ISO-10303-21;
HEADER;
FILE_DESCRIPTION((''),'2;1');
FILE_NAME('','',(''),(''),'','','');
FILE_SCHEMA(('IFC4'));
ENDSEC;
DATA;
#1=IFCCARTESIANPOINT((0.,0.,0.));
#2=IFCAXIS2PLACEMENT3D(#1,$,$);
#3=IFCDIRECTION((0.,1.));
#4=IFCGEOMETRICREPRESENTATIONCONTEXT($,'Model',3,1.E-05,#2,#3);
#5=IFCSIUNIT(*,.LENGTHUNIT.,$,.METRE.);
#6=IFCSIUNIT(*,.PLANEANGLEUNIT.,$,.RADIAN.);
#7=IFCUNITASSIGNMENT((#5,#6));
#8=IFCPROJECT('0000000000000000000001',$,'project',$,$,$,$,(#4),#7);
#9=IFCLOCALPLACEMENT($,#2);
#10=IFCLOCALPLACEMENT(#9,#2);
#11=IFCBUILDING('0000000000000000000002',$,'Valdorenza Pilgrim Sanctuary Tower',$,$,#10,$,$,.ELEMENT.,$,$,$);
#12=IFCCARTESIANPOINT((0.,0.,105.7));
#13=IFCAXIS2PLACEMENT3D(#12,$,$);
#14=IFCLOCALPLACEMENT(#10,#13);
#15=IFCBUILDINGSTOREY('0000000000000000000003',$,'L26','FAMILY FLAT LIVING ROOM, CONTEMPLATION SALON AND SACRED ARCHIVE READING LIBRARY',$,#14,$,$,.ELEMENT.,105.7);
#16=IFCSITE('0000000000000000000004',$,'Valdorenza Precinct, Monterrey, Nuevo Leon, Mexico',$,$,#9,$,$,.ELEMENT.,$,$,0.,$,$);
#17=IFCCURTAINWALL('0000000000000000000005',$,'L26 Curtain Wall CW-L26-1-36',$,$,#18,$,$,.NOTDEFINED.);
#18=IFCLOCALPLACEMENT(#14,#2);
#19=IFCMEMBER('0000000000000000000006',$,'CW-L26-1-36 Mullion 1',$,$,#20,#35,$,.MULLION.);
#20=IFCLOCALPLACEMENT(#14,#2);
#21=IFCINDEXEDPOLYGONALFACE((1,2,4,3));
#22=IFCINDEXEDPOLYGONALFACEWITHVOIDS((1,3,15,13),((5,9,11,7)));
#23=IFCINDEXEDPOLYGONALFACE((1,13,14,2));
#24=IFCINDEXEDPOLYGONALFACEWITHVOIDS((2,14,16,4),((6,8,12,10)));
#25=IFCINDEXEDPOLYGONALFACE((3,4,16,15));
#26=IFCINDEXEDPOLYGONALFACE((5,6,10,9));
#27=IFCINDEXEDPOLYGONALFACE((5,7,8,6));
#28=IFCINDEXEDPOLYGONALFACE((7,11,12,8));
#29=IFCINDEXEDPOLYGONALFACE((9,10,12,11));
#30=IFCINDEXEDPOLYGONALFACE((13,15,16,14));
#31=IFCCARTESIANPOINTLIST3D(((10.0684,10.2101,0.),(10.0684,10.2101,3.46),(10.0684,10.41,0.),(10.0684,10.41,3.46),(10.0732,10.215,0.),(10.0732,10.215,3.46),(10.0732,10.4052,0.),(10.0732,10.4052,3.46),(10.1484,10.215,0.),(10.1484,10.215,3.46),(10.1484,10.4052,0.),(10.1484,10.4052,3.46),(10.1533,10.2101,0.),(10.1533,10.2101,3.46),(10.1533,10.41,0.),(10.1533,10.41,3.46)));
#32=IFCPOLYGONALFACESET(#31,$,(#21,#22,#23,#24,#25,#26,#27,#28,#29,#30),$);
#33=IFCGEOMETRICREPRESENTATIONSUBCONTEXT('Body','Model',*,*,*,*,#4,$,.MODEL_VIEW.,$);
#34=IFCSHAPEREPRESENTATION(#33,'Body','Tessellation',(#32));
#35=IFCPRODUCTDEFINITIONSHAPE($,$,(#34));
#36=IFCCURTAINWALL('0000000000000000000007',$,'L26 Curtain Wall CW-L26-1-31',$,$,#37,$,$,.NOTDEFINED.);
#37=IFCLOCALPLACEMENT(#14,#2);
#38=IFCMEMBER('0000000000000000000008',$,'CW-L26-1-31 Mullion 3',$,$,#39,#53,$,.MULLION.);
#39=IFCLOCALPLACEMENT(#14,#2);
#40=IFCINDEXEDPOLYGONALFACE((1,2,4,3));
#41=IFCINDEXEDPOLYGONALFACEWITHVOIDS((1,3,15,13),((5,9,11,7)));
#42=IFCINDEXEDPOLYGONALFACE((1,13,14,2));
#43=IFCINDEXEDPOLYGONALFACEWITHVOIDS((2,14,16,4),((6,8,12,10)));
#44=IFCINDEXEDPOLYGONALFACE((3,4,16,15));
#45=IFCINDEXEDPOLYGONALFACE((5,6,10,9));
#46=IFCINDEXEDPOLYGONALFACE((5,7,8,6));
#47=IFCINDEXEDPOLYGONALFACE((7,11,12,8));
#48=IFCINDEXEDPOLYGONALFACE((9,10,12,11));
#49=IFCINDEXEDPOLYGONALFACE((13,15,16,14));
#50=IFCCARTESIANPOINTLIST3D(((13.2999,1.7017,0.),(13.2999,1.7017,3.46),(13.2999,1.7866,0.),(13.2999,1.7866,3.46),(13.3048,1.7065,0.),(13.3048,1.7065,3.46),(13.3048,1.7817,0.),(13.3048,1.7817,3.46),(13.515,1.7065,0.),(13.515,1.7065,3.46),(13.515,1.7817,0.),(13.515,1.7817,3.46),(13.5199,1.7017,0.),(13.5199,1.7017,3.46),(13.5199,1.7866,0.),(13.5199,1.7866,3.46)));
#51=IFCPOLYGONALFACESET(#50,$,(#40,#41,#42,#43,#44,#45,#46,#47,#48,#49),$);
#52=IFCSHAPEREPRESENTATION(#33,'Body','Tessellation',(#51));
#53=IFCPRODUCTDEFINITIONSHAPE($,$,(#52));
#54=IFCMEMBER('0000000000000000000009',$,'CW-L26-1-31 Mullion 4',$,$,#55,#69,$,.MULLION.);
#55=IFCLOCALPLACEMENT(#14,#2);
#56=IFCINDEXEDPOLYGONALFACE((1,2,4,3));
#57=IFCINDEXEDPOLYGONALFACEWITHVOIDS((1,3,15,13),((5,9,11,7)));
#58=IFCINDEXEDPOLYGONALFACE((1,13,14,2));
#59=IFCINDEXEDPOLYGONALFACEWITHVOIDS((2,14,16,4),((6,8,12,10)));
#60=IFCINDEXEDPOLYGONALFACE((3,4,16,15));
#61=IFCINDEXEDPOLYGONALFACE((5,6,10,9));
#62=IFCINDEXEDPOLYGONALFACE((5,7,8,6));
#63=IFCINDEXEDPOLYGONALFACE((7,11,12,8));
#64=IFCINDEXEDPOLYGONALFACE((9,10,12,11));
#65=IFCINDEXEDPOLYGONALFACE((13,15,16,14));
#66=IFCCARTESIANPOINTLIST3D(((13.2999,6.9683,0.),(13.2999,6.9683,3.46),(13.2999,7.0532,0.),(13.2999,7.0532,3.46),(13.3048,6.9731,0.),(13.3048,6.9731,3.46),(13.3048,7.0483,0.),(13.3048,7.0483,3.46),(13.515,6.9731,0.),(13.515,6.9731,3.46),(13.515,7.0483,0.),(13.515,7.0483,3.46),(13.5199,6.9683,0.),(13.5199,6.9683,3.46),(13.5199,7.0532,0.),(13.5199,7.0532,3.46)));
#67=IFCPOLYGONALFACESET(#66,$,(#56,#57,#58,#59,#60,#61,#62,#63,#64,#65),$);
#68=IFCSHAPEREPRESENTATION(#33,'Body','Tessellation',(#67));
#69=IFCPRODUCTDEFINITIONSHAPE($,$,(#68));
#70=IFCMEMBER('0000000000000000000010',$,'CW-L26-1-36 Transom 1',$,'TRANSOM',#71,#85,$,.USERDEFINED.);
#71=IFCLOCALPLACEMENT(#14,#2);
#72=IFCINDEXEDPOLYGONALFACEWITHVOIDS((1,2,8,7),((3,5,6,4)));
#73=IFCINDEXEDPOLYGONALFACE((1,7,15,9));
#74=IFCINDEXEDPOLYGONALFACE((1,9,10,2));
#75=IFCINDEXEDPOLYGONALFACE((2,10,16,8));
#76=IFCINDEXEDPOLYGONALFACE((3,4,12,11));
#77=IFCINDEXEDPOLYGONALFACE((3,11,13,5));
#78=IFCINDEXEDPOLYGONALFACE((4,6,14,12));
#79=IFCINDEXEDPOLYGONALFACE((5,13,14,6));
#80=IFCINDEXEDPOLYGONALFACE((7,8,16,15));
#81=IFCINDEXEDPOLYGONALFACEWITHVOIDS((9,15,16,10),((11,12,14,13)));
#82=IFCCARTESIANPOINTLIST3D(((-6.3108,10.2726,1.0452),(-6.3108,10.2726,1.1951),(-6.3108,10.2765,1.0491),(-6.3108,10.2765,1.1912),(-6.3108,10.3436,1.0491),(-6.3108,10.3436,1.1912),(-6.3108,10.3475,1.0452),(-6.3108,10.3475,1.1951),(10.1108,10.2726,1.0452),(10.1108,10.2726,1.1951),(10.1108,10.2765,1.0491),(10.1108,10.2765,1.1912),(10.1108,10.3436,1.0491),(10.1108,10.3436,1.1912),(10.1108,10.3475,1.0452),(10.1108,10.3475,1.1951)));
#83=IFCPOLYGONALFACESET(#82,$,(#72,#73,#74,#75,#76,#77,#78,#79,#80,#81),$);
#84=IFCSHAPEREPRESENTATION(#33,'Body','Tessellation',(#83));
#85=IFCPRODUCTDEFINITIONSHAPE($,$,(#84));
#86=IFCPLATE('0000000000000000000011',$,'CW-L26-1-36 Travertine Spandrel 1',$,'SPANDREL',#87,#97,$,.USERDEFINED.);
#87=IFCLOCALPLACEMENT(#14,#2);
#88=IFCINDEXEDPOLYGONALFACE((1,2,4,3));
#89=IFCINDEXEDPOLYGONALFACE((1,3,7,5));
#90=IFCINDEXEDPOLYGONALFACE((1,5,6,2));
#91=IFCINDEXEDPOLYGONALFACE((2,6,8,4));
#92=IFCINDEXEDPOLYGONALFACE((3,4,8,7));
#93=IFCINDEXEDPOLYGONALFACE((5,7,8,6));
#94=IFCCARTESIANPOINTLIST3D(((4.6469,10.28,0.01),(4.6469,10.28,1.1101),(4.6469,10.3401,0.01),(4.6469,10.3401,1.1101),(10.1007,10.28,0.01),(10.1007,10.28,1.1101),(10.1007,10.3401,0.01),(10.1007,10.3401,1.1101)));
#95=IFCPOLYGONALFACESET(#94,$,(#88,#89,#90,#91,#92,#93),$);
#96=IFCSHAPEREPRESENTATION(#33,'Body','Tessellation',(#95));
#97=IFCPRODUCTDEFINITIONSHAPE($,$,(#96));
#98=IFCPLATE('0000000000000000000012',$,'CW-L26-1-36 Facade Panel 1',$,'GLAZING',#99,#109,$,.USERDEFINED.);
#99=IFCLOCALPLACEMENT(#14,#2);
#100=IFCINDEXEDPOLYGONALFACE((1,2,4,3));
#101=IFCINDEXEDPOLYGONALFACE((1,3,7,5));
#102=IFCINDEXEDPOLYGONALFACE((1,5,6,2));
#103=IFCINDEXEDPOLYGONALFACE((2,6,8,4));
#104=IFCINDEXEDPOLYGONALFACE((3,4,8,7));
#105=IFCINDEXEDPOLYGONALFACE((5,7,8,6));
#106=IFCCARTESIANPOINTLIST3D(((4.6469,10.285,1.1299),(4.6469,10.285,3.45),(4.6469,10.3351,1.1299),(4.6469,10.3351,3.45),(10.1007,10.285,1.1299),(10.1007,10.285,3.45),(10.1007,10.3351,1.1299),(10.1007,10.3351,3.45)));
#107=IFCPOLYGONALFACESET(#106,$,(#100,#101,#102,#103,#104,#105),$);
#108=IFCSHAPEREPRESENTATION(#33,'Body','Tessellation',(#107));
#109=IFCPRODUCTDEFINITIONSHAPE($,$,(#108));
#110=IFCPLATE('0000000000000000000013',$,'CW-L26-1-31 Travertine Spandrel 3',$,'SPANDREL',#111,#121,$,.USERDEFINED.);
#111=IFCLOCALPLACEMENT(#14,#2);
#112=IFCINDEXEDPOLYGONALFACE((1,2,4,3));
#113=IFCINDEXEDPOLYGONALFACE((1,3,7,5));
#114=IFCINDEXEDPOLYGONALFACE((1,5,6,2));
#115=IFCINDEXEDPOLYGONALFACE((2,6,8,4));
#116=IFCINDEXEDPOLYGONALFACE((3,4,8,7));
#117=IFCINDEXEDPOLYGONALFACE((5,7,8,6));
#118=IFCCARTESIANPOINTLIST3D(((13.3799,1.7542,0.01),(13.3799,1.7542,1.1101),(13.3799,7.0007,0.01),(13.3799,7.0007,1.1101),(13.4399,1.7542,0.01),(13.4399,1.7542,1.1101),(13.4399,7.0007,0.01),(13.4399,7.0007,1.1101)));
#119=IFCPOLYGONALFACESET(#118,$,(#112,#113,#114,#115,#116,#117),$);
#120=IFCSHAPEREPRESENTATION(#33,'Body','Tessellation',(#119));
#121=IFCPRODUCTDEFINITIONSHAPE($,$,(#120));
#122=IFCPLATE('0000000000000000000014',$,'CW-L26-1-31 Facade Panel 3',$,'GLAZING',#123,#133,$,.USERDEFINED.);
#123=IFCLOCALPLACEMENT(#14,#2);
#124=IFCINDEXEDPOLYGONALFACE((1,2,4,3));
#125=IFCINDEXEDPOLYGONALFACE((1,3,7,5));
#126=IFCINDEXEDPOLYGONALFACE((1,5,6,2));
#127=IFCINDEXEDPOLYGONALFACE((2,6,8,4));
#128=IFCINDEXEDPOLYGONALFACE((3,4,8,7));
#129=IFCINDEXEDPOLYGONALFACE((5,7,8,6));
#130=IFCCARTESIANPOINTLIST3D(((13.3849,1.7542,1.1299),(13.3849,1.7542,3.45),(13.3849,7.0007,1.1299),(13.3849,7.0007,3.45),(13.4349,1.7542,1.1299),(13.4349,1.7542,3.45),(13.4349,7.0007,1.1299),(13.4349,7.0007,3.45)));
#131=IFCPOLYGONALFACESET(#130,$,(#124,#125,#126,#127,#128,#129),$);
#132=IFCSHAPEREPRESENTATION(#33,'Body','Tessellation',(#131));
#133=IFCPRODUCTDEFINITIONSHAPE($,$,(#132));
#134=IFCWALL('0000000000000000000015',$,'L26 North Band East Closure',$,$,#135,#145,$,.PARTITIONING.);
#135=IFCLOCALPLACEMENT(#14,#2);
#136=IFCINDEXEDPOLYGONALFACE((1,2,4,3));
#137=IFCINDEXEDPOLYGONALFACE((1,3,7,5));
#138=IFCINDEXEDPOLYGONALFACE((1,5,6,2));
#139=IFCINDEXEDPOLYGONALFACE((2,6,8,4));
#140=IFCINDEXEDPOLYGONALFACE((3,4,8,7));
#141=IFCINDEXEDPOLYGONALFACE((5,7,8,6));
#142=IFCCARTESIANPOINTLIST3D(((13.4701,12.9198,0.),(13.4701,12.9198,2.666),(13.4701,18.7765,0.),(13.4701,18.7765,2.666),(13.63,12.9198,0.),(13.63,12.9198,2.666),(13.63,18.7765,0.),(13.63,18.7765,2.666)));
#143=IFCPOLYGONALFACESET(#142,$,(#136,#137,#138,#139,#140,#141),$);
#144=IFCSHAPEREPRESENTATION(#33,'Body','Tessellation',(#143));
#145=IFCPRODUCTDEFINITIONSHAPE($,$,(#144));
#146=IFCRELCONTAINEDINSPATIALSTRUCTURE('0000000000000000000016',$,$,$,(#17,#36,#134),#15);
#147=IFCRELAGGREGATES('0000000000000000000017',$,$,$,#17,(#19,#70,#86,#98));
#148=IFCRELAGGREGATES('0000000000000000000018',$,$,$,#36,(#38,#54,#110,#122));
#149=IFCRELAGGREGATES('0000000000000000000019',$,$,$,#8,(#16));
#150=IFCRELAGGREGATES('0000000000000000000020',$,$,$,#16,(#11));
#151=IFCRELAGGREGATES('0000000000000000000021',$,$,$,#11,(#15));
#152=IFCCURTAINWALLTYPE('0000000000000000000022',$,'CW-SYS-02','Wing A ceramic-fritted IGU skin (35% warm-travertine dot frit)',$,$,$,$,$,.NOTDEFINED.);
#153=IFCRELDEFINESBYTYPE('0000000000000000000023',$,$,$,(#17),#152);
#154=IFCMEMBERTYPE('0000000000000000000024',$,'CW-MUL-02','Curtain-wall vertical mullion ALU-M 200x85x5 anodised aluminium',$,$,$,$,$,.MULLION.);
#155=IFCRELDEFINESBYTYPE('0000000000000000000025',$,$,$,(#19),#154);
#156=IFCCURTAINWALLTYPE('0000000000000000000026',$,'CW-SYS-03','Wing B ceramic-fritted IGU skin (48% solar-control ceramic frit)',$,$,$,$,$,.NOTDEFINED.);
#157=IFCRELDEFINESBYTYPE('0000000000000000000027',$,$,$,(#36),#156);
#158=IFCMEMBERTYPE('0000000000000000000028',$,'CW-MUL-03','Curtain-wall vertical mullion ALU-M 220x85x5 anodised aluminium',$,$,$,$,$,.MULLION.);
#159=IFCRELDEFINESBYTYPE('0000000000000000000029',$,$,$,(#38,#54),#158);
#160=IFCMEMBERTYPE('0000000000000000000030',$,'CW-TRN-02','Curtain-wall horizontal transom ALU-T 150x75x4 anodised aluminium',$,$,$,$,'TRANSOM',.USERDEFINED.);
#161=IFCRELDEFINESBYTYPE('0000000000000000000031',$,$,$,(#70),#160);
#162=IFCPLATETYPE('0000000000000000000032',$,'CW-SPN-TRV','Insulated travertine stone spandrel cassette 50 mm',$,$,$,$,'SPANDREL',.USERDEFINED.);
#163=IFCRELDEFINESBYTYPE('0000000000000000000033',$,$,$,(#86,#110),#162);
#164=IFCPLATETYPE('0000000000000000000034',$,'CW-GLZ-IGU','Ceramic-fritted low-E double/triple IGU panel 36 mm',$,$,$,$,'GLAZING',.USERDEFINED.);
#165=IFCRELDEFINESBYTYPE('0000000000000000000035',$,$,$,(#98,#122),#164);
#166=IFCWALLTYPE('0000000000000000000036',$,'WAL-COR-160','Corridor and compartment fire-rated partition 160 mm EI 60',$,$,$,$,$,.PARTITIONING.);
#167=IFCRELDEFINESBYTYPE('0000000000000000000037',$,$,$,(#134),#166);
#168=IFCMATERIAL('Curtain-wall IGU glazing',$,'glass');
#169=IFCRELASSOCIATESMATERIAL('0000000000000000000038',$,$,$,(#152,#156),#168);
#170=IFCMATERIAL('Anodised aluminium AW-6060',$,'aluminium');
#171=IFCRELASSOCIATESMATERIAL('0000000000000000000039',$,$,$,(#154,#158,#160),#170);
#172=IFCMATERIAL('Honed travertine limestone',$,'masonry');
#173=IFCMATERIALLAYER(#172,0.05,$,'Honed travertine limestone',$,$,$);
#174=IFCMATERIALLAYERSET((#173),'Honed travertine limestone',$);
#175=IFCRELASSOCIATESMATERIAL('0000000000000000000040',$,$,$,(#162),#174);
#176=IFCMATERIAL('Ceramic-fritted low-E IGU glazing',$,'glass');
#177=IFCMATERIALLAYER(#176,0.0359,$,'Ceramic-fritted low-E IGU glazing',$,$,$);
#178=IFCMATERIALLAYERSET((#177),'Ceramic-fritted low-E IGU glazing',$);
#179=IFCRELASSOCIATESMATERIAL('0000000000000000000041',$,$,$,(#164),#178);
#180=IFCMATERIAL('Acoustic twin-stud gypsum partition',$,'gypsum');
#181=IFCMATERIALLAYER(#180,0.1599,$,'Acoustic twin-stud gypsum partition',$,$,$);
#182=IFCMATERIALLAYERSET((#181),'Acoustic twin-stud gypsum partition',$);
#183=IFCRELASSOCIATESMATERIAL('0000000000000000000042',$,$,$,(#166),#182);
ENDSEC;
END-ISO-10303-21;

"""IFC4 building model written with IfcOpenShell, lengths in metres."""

from ifc_helpers import new_model, si_unit, direction, frame, frame_2d, origin, origin_2d, place, context, subcontext, project, spatial, rectangle, hollow_rectangle, extrude, source, transform, mapped, material, layer, layer_set, material_profile, profile_set, type_object, element, aggregate, save


model = new_model("IFC4")

# Units and contexts
model_context = context("Model", 3, precision=1e-05, world=origin(), true_north=direction((0.0, 1.0)))
body_context = subcontext(model_context, "Body", "Model", "MODEL_VIEW")
ifc_project = project(units=[si_unit("LENGTHUNIT", "METRE"), si_unit("PLANEANGLEUNIT", "RADIAN")], contexts=[model_context])

# Site, building, storey
site_placement = place(None, origin())
site = spatial("IfcSite", under=ifc_project, at=site_placement, Name="Valdorenza Precinct, Monterrey, Nuevo Leon, Mexico", CompositionType="ELEMENT", RefElevation=0.0)
building_placement = place(site_placement, origin())
building = spatial("IfcBuilding", under=site, at=building_placement, Name="Valdorenza Pilgrim Sanctuary Tower", CompositionType="ELEMENT")
storey_placement = place(building_placement, frame((0.0, 0.0, 105.7)))
storey = spatial("IfcBuildingStorey", under=building, at=storey_placement, Name="L26", Description="FAMILY FLAT LIVING ROOM, CONTEMPLATION SALON AND SACRED ARCHIVE READING LIBRARY", CompositionType="ELEMENT", Elevation=105.7)

# Curtain wall, member
ifc_material_1 = material(Name="Curtain-wall IGU glazing", Category="glass")
curtain_wall_type_1 = type_object("IfcCurtainWallType", Name="CW-SYS-02", Description="Wing A ceramic-fritted IGU skin (35% warm-travertine dot frit)", PredefinedType="NOTDEFINED", material=ifc_material_1)
curtain_wall_1_placement = place(storey_placement, origin())
curtain_wall_1 = element("IfcCurtainWall", 1, at=curtain_wall_1_placement, inside=storey, type_object=curtain_wall_type_1, Name="L26 Curtain Wall CW-L26-1-36", PredefinedType="NOTDEFINED")
ifc_material_2 = material(Name="Anodised aluminium AW-6060", Category="aluminium")
ifc_material_profile_1 = material_profile(ifc_material_2, hollow_rectangle(XDim=0.085, YDim=0.2, WallThickness=0.0049, at=origin_2d()), Name="ALU-M 200x85x5")
ifc_profile_set_1 = profile_set([ifc_material_profile_1], Name="Anodised aluminium AW-6060")
member_type_1 = type_object("IfcMemberType", Name="CW-MUL-02", Description="Curtain-wall vertical mullion ALU-M 200x85x5 anodised aluminium", PredefinedType="MULLION", material=ifc_profile_set_1)
shared_shape_1 = source(origin(), body_context, "Body", "SweptSolid", [
    extrude(hollow_rectangle(XDim=0.085, YDim=0.2, WallThickness=0.0049, at=origin_2d()), origin(), (0.0, 0.0, 1.0), 3.46),
])
member_1_placement = place(storey_placement, frame((10.1108, 10.3101, 0.0), z_axis=(0.0, 0.0, 1.0), x_axis=(-1.0, 0.0, 0.0)))
member_1 = element("IfcMember", 2, at=member_1_placement, type_object=member_type_1, Name="CW-L26-1-36 Mullion 1", PredefinedType="MULLION", context=body_context, shape_type="MappedRepresentation", body=[
    mapped(shared_shape_1, transform((0.0, 0.0, 0.0), x_axis=(1.0, 0.0, 0.0), y_axis=(0.0, 1.0, 0.0), z_axis=(0.0, 0.0, 1.0), scale=1.0)),
])

# Curtain wall, members
curtain_wall_type_2 = type_object("IfcCurtainWallType", Name="CW-SYS-03", Description="Wing B ceramic-fritted IGU skin (48% solar-control ceramic frit)", PredefinedType="NOTDEFINED", material=ifc_material_1)
curtain_wall_2_placement = place(storey_placement, origin())
curtain_wall_2 = element("IfcCurtainWall", 3, at=curtain_wall_2_placement, inside=storey, type_object=curtain_wall_type_2, Name="L26 Curtain Wall CW-L26-1-31", PredefinedType="NOTDEFINED")
ifc_material_profile_2 = material_profile(ifc_material_2, hollow_rectangle(XDim=0.085, YDim=0.22, WallThickness=0.0049, at=origin_2d()), Name="ALU-M 220x85x5")
ifc_profile_set_2 = profile_set([ifc_material_profile_2], Name="Anodised aluminium AW-6060")
member_type_2 = type_object("IfcMemberType", Name="CW-MUL-03", Description="Curtain-wall vertical mullion ALU-M 220x85x5 anodised aluminium", PredefinedType="MULLION", material=ifc_profile_set_2)
shared_shape_2 = source(origin(), body_context, "Body", "SweptSolid", [
    extrude(hollow_rectangle(XDim=0.085, YDim=0.22, WallThickness=0.0049, at=origin_2d()), origin(), (0.0, 0.0, 1.0), 3.46),
])
member_2_placement = place(storey_placement, frame((13.4099, 1.7441, 0.0), z_axis=(0.0, 0.0, 1.0), x_axis=(0.0, 1.0, 0.0)))
member_2 = element("IfcMember", 4, at=member_2_placement, type_object=member_type_2, Name="CW-L26-1-31 Mullion 3", PredefinedType="MULLION", context=body_context, shape_type="MappedRepresentation", body=[
    mapped(shared_shape_2, transform((0.0, 0.0, 0.0), x_axis=(1.0, 0.0, 0.0), y_axis=(0.0, 1.0, 0.0), z_axis=(0.0, 0.0, 1.0), scale=1.0)),
])
member_3_placement = place(storey_placement, frame((13.4099, 7.0107, 0.0), z_axis=(0.0, 0.0, 1.0), x_axis=(0.0, 1.0, 0.0)))
member_3 = element("IfcMember", 5, at=member_3_placement, type_object=member_type_2, Name="CW-L26-1-31 Mullion 4", PredefinedType="MULLION", context=body_context, shape_type="MappedRepresentation", body=[
    mapped(shared_shape_2, transform((0.0, 0.0, 0.0), x_axis=(1.0, 0.0, 0.0), y_axis=(0.0, 1.0, 0.0), z_axis=(0.0, 0.0, 1.0), scale=1.0)),
])

# Member
ifc_material_profile_3 = material_profile(ifc_material_2, hollow_rectangle(XDim=0.075, YDim=0.1499, WallThickness=0.0039, at=origin_2d()), Name="ALU-T 150x75x4")
ifc_profile_set_3 = profile_set([ifc_material_profile_3], Name="Anodised aluminium AW-6060")
member_type_3 = type_object("IfcMemberType", Name="CW-TRN-02", Description="Curtain-wall horizontal transom ALU-T 150x75x4 anodised aluminium", ElementType="TRANSOM", PredefinedType="USERDEFINED", material=ifc_profile_set_3)
shared_shape_3 = source(origin(), body_context, "Body", "SweptSolid", [
    extrude(hollow_rectangle(XDim=0.075, YDim=0.1499, WallThickness=0.0039, at=origin_2d()), origin(), (0.0, 0.0, 1.0), 16.4216),
])
member_4_placement = place(storey_placement, frame((10.1108, 10.3101, 1.1201), z_axis=(-1.0, 0.0, 0.0), x_axis=(0.0, -1.0, 0.0)))
member_4 = element("IfcMember", 6, at=member_4_placement, type_object=member_type_3, Name="CW-L26-1-36 Transom 1", ObjectType="TRANSOM", PredefinedType="USERDEFINED", context=body_context, shape_type="MappedRepresentation", body=[
    mapped(shared_shape_3, transform((0.0, 0.0, 0.0), x_axis=(1.0, 0.0, 0.0), y_axis=(0.0, 1.0, 0.0), z_axis=(0.0, 0.0, 1.0), scale=1.0)),
])

# Plates
ifc_material_3 = material(Name="Honed travertine limestone", Category="masonry")
ifc_layer_1 = layer(ifc_material_3, 0.05, Name="Honed travertine limestone")
ifc_layer_set_1 = layer_set([ifc_layer_1], Name="Honed travertine limestone")
plate_type_1 = type_object("IfcPlateType", Name="CW-SPN-TRV", Description="Insulated travertine stone spandrel cassette 50 mm", ElementType="SPANDREL", PredefinedType="USERDEFINED", material=ifc_layer_set_1)
shared_shape_4 = source(origin(), body_context, "Body", "SweptSolid", [
    extrude(rectangle(XDim=5.4539, YDim=0.0601, at=origin_2d()), origin(), (0.0, 0.0, 1.0), 1.1001),
])
plate_1_placement = place(storey_placement, frame((7.3738, 10.3101, 0.01), z_axis=(0.0, 0.0, 1.0), x_axis=(-1.0, 0.0, 0.0)))
plate_1 = element("IfcPlate", 7, at=plate_1_placement, type_object=plate_type_1, Name="CW-L26-1-36 Travertine Spandrel 1", ObjectType="SPANDREL", PredefinedType="USERDEFINED", context=body_context, shape_type="MappedRepresentation", body=[
    mapped(shared_shape_4, transform((0.0, 0.0, 0.0), x_axis=(1.0, 0.0, 0.0), y_axis=(0.0, 1.0, 0.0), z_axis=(0.0, 0.0, 1.0), scale=1.0)),
])
ifc_material_4 = material(Name="Ceramic-fritted low-E IGU glazing", Category="glass")
ifc_layer_2 = layer(ifc_material_4, 0.0359, Name="Ceramic-fritted low-E IGU glazing")
ifc_layer_set_2 = layer_set([ifc_layer_2], Name="Ceramic-fritted low-E IGU glazing")
plate_type_2 = type_object("IfcPlateType", Name="CW-GLZ-IGU", Description="Ceramic-fritted low-E double/triple IGU panel 36 mm", ElementType="GLAZING", PredefinedType="USERDEFINED", material=ifc_layer_set_2)
shared_shape_5 = source(origin(), body_context, "Body", "SweptSolid", [
    extrude(rectangle(XDim=5.4539, YDim=0.05, at=origin_2d()), origin(), (0.0, 0.0, 1.0), 2.3201),
])
plate_2_placement = place(storey_placement, frame((7.3738, 10.3101, 1.1299), z_axis=(0.0, 0.0, 1.0), x_axis=(-1.0, 0.0, 0.0)))
plate_2 = element("IfcPlate", 8, at=plate_2_placement, type_object=plate_type_2, Name="CW-L26-1-36 Facade Panel 1", ObjectType="GLAZING", PredefinedType="USERDEFINED", context=body_context, shape_type="MappedRepresentation", body=[
    mapped(shared_shape_5, transform((0.0, 0.0, 0.0), x_axis=(1.0, 0.0, 0.0), y_axis=(0.0, 1.0, 0.0), z_axis=(0.0, 0.0, 1.0), scale=1.0)),
])
aggregate(curtain_wall_1, [member_1, member_4, plate_1, plate_2])
shared_shape_6 = source(origin(), body_context, "Body", "SweptSolid", [
    extrude(rectangle(XDim=5.2466, YDim=0.0601, at=origin_2d()), origin(), (0.0, 0.0, 1.0), 1.1001),
])
plate_3_placement = place(storey_placement, frame((13.4099, 4.3774, 0.01), z_axis=(0.0, 0.0, 1.0), x_axis=(0.0, 1.0, 0.0)))
plate_3 = element("IfcPlate", 9, at=plate_3_placement, type_object=plate_type_1, Name="CW-L26-1-31 Travertine Spandrel 3", ObjectType="SPANDREL", PredefinedType="USERDEFINED", context=body_context, shape_type="MappedRepresentation", body=[
    mapped(shared_shape_6, transform((0.0, 0.0, 0.0), x_axis=(1.0, 0.0, 0.0), y_axis=(0.0, 1.0, 0.0), z_axis=(0.0, 0.0, 1.0), scale=1.0)),
])
shared_shape_7 = source(origin(), body_context, "Body", "SweptSolid", [
    extrude(rectangle(XDim=5.2466, YDim=0.05, at=origin_2d()), origin(), (0.0, 0.0, 1.0), 2.3201),
])
plate_4_placement = place(storey_placement, frame((13.4099, 4.3774, 1.1299), z_axis=(0.0, 0.0, 1.0), x_axis=(0.0, 1.0, 0.0)))
plate_4 = element("IfcPlate", 10, at=plate_4_placement, type_object=plate_type_2, Name="CW-L26-1-31 Facade Panel 3", ObjectType="GLAZING", PredefinedType="USERDEFINED", context=body_context, shape_type="MappedRepresentation", body=[
    mapped(shared_shape_7, transform((0.0, 0.0, 0.0), x_axis=(1.0, 0.0, 0.0), y_axis=(0.0, 1.0, 0.0), z_axis=(0.0, 0.0, 1.0), scale=1.0)),
])
aggregate(curtain_wall_2, [member_2, member_3, plate_3, plate_4])

# Wall
ifc_material_5 = material(Name="Acoustic twin-stud gypsum partition", Category="gypsum")
ifc_layer_3 = layer(ifc_material_5, 0.1599, Name="Acoustic twin-stud gypsum partition")
ifc_layer_set_3 = layer_set([ifc_layer_3], Name="Acoustic twin-stud gypsum partition")
wall_type_1 = type_object("IfcWallType", Name="WAL-COR-160", Description="Corridor and compartment fire-rated partition 160 mm EI 60", PredefinedType="PARTITIONING", material=ifc_layer_set_3)
wall_1_placement = place(storey_placement, frame((13.55, 12.9199, 0.0), z_axis=(0.0, 0.0, 1.0), x_axis=(0.0, 1.0, 0.0)))
element("IfcWall", 11, at=wall_1_placement, inside=storey, type_object=wall_type_1, Name="L26 North Band East Closure", PredefinedType="PARTITIONING", context=body_context, shape_type="SweptSolid", body=[
    extrude(rectangle(XDim=5.8567, YDim=0.1599, at=frame_2d((2.9282, 0.0))), origin(), (0.0, 0.0, 1.0), 2.666),
])

save(model, "model.ifc")
